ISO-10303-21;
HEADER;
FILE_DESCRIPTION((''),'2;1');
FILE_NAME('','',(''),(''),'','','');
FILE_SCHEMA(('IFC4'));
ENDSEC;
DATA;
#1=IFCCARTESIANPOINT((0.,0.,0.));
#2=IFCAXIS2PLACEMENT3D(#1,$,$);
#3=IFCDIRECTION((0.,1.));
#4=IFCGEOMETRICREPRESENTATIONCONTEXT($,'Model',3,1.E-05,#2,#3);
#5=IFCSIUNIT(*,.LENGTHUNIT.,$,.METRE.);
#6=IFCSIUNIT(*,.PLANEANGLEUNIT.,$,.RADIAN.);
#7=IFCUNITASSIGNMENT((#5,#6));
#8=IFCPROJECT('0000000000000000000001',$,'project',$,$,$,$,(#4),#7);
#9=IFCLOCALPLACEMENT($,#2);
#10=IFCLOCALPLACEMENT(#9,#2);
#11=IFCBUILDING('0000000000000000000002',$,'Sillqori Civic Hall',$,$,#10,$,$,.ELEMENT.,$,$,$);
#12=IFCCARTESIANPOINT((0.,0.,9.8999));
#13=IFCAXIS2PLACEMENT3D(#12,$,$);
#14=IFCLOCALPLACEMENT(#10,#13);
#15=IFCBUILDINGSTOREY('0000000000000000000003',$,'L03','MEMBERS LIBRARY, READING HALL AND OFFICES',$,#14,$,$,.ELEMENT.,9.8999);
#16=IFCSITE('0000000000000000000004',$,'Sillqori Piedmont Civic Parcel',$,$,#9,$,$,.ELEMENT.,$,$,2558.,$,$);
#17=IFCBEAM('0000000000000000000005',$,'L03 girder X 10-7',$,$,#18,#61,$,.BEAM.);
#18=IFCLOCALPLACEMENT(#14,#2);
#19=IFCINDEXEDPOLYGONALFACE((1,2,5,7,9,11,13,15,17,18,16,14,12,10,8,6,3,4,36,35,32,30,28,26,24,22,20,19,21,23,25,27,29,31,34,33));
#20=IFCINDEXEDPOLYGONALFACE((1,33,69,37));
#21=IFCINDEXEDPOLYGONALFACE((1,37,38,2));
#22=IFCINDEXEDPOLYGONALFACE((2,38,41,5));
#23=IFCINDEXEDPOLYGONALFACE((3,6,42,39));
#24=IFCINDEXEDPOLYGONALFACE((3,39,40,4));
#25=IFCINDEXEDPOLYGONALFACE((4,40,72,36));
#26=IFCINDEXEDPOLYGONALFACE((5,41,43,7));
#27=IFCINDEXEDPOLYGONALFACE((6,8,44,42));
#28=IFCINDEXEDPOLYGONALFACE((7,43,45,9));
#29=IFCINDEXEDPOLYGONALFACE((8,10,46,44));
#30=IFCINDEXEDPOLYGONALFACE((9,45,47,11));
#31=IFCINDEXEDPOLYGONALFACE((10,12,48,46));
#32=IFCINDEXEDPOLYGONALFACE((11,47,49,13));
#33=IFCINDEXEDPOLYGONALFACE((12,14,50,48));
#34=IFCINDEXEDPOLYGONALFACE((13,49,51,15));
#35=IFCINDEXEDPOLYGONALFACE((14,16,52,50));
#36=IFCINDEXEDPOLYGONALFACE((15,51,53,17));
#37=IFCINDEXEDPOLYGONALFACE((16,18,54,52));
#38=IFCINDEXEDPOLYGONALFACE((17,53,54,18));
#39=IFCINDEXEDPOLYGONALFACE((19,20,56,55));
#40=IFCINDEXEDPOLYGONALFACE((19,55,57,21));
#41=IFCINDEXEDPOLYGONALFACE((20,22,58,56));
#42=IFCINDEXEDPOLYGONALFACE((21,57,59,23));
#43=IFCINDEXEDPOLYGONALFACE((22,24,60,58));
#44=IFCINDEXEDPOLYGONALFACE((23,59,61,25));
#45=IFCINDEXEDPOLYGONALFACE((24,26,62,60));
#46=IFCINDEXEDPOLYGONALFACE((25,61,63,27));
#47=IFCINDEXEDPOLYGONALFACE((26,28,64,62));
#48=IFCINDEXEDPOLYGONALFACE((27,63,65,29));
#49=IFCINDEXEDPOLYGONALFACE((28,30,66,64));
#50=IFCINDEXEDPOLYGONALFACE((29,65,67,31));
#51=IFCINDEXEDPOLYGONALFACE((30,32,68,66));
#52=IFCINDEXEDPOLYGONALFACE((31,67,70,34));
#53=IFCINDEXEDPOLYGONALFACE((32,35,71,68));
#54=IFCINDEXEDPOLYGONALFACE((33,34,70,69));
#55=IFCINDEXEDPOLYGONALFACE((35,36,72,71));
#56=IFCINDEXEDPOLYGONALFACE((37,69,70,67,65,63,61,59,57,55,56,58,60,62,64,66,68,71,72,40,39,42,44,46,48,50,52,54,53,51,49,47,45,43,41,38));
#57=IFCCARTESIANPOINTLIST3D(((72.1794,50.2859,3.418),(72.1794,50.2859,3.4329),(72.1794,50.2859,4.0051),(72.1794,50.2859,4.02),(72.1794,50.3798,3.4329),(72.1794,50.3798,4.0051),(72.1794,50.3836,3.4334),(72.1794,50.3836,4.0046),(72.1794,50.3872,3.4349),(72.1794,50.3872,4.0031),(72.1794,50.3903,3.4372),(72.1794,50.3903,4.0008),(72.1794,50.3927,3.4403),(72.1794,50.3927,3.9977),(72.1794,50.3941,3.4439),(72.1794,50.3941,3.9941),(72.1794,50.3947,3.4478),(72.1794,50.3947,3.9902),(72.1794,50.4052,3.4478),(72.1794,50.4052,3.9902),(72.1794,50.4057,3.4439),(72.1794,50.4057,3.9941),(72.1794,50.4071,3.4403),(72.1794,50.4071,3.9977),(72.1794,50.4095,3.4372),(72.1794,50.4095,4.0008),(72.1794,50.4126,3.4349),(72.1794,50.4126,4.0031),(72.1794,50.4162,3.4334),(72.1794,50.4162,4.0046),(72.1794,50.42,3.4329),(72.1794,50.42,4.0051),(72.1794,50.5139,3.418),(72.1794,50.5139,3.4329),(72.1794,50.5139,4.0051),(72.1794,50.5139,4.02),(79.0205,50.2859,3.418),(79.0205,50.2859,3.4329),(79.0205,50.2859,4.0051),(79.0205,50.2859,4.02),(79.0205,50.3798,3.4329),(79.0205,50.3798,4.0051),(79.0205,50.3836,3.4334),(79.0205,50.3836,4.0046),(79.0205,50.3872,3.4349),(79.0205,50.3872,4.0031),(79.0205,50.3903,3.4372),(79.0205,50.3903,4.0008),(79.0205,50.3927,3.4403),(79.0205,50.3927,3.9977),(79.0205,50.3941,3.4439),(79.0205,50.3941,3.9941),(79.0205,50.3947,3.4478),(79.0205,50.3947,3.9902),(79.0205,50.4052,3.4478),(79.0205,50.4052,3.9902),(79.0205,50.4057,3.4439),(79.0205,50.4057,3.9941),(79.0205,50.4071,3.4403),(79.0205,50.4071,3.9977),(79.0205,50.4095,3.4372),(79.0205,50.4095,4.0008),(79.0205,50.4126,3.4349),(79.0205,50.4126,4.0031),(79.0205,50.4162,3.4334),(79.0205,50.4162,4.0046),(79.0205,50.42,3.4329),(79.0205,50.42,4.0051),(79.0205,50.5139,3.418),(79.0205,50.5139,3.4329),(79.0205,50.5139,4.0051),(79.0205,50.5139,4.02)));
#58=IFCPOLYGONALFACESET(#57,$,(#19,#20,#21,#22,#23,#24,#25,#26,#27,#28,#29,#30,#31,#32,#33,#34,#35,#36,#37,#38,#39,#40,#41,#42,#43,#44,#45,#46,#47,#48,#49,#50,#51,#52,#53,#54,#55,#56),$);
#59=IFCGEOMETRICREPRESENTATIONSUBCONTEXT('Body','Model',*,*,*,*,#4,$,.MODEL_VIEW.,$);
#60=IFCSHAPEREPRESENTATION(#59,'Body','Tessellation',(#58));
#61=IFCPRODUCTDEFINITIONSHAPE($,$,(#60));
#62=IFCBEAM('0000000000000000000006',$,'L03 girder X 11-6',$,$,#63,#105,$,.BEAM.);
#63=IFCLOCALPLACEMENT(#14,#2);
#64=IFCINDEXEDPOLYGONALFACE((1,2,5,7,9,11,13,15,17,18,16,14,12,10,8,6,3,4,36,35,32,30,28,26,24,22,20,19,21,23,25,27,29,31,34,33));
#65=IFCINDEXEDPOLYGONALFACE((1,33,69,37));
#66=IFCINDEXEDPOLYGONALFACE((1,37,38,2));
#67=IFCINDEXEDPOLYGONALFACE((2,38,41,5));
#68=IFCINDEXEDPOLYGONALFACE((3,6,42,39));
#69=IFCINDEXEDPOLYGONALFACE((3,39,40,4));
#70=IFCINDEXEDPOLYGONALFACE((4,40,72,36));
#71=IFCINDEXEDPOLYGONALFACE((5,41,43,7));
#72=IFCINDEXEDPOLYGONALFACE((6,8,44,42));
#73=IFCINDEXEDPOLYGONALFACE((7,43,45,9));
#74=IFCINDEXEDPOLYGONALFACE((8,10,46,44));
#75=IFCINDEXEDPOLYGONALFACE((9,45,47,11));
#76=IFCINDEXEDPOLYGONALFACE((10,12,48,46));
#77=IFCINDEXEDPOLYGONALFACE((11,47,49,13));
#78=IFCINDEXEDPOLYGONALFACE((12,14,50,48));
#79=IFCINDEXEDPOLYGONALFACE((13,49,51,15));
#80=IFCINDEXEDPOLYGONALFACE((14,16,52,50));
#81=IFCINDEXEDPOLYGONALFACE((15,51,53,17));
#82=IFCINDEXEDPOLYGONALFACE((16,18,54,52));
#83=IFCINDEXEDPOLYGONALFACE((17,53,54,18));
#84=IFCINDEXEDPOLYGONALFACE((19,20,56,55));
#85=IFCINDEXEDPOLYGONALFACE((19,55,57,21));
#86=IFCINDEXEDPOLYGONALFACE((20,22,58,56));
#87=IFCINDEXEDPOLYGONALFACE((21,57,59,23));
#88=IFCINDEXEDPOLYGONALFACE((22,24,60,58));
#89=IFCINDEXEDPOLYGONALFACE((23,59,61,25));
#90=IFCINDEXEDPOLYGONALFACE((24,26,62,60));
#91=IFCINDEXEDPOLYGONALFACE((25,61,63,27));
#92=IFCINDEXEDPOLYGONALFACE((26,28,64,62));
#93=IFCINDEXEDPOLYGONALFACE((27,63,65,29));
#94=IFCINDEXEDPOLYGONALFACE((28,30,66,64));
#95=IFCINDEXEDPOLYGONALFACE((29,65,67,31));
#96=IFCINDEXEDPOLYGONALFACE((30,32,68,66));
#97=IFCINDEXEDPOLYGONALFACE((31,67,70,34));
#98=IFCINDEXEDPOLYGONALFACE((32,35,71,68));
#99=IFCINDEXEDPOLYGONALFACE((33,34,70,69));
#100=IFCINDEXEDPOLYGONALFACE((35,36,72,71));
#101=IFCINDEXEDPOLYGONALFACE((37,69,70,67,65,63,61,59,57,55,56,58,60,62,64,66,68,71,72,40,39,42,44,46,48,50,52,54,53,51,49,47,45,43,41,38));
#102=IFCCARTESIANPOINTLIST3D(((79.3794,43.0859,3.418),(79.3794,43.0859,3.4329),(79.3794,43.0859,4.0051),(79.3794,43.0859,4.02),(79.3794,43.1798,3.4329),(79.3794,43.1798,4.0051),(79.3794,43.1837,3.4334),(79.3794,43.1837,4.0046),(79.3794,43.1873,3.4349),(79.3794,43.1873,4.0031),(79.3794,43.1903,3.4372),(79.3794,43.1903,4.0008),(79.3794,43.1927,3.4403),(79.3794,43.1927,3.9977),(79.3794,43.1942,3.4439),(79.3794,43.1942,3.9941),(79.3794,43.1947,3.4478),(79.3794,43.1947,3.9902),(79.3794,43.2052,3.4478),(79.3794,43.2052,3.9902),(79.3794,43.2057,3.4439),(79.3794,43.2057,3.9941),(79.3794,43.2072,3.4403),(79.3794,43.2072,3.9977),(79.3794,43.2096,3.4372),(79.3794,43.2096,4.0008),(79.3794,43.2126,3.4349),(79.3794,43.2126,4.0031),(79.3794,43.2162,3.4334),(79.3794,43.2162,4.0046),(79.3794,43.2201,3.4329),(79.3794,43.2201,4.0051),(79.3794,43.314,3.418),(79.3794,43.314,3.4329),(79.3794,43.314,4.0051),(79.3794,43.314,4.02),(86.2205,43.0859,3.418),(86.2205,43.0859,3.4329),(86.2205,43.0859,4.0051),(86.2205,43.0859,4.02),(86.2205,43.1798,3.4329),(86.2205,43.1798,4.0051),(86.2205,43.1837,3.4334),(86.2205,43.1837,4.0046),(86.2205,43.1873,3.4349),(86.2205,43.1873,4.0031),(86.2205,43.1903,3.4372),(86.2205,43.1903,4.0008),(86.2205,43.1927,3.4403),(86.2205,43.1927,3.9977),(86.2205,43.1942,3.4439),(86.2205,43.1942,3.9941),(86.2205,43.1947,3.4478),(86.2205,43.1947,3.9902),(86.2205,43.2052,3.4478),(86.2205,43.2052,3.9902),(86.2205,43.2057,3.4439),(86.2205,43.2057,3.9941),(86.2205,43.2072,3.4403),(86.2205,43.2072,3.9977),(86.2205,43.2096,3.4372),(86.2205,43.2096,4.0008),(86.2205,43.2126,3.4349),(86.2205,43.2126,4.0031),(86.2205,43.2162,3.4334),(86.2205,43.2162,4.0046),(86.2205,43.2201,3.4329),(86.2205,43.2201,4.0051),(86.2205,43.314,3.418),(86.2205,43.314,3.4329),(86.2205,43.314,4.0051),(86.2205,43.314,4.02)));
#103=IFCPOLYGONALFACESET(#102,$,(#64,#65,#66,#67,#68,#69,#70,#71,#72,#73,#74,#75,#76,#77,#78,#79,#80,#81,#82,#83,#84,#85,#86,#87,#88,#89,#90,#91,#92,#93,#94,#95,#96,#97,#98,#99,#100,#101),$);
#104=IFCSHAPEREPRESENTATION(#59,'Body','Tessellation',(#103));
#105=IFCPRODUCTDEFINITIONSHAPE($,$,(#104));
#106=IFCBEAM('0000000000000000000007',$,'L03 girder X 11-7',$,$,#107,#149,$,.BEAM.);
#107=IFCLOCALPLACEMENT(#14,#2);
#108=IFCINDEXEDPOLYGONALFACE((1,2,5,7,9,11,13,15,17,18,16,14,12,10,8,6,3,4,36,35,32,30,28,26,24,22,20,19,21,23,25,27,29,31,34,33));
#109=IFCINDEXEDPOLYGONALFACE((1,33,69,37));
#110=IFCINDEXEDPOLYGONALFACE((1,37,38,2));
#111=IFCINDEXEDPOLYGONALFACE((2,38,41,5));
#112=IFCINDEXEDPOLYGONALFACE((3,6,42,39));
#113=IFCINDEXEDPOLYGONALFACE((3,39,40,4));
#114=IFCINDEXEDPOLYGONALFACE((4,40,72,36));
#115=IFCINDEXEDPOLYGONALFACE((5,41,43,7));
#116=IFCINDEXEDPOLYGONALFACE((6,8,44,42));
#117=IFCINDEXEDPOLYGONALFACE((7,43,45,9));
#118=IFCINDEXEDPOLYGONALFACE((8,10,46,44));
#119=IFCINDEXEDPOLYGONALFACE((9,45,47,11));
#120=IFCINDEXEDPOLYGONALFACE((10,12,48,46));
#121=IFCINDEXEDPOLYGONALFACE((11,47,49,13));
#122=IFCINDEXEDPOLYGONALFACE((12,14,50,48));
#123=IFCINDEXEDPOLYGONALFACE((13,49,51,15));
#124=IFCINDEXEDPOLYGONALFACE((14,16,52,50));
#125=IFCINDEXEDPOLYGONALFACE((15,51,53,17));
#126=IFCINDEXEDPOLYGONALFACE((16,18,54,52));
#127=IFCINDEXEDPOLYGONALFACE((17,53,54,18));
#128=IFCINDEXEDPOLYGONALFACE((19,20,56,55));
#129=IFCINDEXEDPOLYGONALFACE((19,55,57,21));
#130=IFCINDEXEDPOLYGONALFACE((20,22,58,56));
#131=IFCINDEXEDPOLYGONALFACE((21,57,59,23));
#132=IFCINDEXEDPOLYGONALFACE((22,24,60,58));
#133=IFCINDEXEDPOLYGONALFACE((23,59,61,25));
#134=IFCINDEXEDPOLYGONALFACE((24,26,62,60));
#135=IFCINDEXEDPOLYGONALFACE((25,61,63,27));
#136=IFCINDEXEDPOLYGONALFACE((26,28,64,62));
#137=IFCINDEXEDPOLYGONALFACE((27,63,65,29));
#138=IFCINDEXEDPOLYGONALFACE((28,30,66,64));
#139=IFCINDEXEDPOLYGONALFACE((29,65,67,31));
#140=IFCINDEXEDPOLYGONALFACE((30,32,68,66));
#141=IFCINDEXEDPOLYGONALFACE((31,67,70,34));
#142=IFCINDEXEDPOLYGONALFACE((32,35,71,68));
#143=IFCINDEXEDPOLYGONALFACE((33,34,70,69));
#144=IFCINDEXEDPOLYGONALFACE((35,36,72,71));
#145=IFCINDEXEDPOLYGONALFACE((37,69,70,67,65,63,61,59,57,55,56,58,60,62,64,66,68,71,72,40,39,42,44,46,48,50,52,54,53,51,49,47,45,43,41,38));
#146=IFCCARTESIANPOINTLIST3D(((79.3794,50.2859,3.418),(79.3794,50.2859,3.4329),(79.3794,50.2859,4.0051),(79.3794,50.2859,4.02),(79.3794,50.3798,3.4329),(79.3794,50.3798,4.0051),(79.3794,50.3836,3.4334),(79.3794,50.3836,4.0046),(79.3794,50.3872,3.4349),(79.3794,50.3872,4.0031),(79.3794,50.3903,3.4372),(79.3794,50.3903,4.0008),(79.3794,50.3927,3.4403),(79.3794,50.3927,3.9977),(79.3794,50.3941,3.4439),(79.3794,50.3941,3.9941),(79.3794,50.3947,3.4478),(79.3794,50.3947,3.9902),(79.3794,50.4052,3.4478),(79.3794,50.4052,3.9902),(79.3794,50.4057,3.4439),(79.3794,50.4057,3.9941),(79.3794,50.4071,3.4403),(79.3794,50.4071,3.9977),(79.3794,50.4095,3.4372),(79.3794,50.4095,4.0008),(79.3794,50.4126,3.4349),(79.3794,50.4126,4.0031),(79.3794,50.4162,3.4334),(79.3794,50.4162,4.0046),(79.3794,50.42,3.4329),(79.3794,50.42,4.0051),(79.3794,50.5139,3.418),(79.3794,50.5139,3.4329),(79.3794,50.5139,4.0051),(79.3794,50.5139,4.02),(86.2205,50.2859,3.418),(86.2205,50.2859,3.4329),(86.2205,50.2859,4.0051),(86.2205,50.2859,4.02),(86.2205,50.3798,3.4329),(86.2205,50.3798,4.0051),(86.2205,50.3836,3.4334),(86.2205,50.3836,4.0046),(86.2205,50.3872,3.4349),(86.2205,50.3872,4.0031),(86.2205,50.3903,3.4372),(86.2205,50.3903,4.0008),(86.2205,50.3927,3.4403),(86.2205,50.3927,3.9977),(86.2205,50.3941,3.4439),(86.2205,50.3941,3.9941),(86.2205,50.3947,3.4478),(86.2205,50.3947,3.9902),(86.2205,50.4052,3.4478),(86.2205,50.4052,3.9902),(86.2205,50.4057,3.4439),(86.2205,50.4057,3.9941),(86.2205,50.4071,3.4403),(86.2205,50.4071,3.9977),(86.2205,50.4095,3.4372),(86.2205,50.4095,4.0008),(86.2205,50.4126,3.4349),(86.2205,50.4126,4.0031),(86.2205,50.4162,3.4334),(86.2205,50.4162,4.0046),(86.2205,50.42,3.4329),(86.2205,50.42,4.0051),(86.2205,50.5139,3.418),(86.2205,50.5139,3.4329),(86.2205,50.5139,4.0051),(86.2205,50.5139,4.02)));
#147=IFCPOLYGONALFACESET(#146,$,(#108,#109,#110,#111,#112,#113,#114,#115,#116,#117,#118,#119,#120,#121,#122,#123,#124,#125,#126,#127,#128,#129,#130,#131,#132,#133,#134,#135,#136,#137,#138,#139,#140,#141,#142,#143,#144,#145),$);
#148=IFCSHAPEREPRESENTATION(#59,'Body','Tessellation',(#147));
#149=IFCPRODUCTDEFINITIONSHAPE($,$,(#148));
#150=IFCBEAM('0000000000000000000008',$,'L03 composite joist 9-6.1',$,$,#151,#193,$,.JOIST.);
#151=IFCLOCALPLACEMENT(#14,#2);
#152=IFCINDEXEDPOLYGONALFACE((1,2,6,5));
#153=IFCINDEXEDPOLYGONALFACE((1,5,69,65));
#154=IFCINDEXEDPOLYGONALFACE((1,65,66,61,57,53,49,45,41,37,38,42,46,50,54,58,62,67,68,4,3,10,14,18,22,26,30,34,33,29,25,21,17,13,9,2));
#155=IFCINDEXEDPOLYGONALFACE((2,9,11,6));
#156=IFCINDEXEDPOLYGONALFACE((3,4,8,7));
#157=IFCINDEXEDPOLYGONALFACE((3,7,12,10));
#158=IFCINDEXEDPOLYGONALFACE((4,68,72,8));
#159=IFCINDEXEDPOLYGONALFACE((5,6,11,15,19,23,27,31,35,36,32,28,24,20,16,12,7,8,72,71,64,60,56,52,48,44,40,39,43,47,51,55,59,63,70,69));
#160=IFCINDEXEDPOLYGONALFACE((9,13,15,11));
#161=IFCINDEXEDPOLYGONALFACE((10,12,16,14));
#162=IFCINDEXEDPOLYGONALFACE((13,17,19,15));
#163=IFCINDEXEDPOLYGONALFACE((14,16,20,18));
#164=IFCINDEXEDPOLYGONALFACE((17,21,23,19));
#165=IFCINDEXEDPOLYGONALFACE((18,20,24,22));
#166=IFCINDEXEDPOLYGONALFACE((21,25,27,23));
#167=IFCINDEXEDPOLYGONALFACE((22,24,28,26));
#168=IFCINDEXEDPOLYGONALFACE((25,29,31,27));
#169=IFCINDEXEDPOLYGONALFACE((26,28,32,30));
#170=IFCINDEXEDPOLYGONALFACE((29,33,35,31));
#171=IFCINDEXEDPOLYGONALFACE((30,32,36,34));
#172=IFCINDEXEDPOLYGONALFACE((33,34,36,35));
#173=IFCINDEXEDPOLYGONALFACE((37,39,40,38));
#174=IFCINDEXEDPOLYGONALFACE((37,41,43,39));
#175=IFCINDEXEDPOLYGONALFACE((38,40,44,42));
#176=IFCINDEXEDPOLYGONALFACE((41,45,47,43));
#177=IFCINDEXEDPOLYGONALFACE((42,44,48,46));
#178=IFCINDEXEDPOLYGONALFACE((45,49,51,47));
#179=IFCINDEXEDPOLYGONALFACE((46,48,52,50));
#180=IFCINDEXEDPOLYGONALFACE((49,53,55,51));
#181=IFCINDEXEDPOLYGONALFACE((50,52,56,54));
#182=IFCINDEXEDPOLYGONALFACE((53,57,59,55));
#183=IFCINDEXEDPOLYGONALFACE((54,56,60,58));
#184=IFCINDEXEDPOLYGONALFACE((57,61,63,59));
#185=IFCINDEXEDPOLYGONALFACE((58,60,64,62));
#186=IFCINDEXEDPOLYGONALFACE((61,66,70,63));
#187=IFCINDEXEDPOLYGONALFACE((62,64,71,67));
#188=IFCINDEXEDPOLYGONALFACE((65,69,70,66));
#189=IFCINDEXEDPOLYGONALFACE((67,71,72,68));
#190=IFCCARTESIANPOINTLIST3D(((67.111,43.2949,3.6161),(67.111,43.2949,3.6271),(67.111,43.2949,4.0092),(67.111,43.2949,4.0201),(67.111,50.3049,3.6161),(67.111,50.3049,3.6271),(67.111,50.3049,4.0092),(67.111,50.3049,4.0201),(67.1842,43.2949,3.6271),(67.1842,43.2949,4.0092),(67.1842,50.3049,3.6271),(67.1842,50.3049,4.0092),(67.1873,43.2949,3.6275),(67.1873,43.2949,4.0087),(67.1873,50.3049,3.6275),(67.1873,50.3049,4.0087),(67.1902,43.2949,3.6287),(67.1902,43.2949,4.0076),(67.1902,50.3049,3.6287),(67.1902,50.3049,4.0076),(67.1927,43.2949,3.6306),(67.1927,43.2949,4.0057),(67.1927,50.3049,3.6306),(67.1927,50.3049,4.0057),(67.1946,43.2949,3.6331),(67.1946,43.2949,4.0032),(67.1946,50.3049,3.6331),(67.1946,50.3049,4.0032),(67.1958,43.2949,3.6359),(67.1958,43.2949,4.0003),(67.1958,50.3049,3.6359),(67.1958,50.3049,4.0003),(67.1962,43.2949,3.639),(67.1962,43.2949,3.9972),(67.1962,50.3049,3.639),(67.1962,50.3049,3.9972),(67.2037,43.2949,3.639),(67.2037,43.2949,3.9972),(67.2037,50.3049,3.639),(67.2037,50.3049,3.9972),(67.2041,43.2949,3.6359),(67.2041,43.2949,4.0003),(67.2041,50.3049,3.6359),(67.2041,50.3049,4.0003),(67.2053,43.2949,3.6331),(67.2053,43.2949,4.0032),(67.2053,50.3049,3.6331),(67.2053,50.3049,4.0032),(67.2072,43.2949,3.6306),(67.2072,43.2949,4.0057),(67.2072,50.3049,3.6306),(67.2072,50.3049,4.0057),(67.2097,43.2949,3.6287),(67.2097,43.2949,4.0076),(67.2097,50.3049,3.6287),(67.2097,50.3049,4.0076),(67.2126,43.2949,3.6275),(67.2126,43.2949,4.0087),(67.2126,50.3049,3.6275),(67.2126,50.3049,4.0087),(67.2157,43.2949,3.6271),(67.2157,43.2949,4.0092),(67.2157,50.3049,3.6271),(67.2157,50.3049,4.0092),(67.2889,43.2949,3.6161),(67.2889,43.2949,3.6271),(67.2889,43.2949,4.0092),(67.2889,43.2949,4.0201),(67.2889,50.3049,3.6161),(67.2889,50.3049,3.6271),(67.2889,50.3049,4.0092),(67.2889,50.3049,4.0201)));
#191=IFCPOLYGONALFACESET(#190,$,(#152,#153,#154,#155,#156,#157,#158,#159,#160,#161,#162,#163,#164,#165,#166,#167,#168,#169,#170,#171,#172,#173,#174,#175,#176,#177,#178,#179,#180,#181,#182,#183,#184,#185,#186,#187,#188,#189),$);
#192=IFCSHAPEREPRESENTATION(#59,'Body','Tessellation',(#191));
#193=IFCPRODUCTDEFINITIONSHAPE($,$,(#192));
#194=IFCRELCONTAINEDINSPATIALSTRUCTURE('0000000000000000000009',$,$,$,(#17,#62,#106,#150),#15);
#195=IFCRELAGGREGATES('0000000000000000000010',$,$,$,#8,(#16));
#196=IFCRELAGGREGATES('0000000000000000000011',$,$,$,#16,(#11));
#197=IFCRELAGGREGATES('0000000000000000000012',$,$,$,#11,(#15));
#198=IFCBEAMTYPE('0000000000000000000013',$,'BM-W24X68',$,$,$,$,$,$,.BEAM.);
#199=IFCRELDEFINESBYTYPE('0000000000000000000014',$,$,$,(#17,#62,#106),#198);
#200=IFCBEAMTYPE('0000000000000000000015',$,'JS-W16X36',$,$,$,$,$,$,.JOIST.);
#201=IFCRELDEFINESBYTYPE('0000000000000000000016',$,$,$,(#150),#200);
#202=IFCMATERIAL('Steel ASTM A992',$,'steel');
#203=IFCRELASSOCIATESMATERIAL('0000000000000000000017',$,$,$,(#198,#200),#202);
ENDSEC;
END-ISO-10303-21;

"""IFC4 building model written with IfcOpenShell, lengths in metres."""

from ifc_helpers import new_model, si_unit, direction, frame, origin, origin_2d, place, context, subcontext, project, spatial, i_section, extrude, material, material_profile, profile_set, type_object, element, save


model = new_model("IFC4")

# Units and contexts
model_context = context("Model", 3, precision=1e-05, world=origin(), true_north=direction((0.0, 1.0)))
body_context = subcontext(model_context, "Body", "Model", "MODEL_VIEW")
ifc_project = project(units=[si_unit("LENGTHUNIT", "METRE"), si_unit("PLANEANGLEUNIT", "RADIAN")], contexts=[model_context])

# Site, building, storey
site_placement = place(None, origin())
site = spatial("IfcSite", under=ifc_project, at=site_placement, Name="Sillqori Piedmont Civic Parcel", CompositionType="ELEMENT", RefElevation=2558.0)
building_placement = place(site_placement, origin())
building = spatial("IfcBuilding", under=site, at=building_placement, Name="Sillqori Civic Hall", CompositionType="ELEMENT")
storey_placement = place(building_placement, frame((0.0, 0.0, 9.8999)))
storey = spatial("IfcBuildingStorey", under=building, at=storey_placement, Name="L03", Description="MEMBERS LIBRARY, READING HALL AND OFFICES", CompositionType="ELEMENT", Elevation=9.8999)

# Shared definitions
ifc_material_1 = material(Name="Steel ASTM A992", Category="steel")

# Beams
ifc_material_profile_1 = material_profile(ifc_material_1, i_section(OverallWidth=0.228, OverallDepth=0.6021, WebThickness=0.0105, FlangeThickness=0.0149, FilletRadius=0.0149, at=origin_2d()), Name="W24X68")
ifc_profile_set_1 = profile_set([ifc_material_profile_1], Name="Steel ASTM A992")
beam_type_1 = type_object("IfcBeamType", Name="BM-W24X68", PredefinedType="BEAM", material=ifc_profile_set_1)
for number, where, z_axis, x_axis, name in (
    (1, (72.1794, 50.3999, 3.719), (1.0, 0.0, 0.0), (0.0, 1.0, 0.0), "L03 girder X 10-7"),
    (2, (79.3794, 43.2, 3.719), (1.0, 0.0, 0.0), (0.0, 1.0, 0.0), "L03 girder X 11-6"),
    (3, (79.3794, 50.3999, 3.719), (1.0, 0.0, 0.0), (0.0, 1.0, 0.0), "L03 girder X 11-7"),
):
    element("IfcBeam", number, at=place(storey_placement, frame(where, z_axis=z_axis, x_axis=x_axis)), inside=storey, type_object=beam_type_1, Name=name, PredefinedType="BEAM", context=body_context, shape_type="SweptSolid", body=[
        extrude(i_section(OverallWidth=0.228, OverallDepth=0.6021, WebThickness=0.0105, FlangeThickness=0.0149, FilletRadius=0.0149, at=origin_2d()), origin(), (0.0, 0.0, 1.0), 6.8411),
    ])
ifc_material_profile_2 = material_profile(ifc_material_1, i_section(OverallWidth=0.178, OverallDepth=0.4041, WebThickness=0.0076, FlangeThickness=0.011, FilletRadius=0.012, at=origin_2d()), Name="W16X36")
ifc_profile_set_2 = profile_set([ifc_material_profile_2], Name="Steel ASTM A992")
beam_type_2 = type_object("IfcBeamType", Name="JS-W16X36", PredefinedType="JOIST", material=ifc_profile_set_2)
for number, where, z_axis, x_axis, name in (
    (4, (67.2, 43.2949, 3.8181), (0.0, 1.0, 0.0), (-1.0, 0.0, 0.0), "L03 composite joist 9-6.1"),
):
    element("IfcBeam", number, at=place(storey_placement, frame(where, z_axis=z_axis, x_axis=x_axis)), inside=storey, type_object=beam_type_2, Name=name, PredefinedType="JOIST", context=body_context, shape_type="SweptSolid", body=[
        extrude(i_section(OverallWidth=0.178, OverallDepth=0.4041, WebThickness=0.0076, FlangeThickness=0.011, FilletRadius=0.012, at=origin_2d()), origin(), (0.0, 0.0, 1.0), 7.01),
    ])

save(model, "model.ifc")
